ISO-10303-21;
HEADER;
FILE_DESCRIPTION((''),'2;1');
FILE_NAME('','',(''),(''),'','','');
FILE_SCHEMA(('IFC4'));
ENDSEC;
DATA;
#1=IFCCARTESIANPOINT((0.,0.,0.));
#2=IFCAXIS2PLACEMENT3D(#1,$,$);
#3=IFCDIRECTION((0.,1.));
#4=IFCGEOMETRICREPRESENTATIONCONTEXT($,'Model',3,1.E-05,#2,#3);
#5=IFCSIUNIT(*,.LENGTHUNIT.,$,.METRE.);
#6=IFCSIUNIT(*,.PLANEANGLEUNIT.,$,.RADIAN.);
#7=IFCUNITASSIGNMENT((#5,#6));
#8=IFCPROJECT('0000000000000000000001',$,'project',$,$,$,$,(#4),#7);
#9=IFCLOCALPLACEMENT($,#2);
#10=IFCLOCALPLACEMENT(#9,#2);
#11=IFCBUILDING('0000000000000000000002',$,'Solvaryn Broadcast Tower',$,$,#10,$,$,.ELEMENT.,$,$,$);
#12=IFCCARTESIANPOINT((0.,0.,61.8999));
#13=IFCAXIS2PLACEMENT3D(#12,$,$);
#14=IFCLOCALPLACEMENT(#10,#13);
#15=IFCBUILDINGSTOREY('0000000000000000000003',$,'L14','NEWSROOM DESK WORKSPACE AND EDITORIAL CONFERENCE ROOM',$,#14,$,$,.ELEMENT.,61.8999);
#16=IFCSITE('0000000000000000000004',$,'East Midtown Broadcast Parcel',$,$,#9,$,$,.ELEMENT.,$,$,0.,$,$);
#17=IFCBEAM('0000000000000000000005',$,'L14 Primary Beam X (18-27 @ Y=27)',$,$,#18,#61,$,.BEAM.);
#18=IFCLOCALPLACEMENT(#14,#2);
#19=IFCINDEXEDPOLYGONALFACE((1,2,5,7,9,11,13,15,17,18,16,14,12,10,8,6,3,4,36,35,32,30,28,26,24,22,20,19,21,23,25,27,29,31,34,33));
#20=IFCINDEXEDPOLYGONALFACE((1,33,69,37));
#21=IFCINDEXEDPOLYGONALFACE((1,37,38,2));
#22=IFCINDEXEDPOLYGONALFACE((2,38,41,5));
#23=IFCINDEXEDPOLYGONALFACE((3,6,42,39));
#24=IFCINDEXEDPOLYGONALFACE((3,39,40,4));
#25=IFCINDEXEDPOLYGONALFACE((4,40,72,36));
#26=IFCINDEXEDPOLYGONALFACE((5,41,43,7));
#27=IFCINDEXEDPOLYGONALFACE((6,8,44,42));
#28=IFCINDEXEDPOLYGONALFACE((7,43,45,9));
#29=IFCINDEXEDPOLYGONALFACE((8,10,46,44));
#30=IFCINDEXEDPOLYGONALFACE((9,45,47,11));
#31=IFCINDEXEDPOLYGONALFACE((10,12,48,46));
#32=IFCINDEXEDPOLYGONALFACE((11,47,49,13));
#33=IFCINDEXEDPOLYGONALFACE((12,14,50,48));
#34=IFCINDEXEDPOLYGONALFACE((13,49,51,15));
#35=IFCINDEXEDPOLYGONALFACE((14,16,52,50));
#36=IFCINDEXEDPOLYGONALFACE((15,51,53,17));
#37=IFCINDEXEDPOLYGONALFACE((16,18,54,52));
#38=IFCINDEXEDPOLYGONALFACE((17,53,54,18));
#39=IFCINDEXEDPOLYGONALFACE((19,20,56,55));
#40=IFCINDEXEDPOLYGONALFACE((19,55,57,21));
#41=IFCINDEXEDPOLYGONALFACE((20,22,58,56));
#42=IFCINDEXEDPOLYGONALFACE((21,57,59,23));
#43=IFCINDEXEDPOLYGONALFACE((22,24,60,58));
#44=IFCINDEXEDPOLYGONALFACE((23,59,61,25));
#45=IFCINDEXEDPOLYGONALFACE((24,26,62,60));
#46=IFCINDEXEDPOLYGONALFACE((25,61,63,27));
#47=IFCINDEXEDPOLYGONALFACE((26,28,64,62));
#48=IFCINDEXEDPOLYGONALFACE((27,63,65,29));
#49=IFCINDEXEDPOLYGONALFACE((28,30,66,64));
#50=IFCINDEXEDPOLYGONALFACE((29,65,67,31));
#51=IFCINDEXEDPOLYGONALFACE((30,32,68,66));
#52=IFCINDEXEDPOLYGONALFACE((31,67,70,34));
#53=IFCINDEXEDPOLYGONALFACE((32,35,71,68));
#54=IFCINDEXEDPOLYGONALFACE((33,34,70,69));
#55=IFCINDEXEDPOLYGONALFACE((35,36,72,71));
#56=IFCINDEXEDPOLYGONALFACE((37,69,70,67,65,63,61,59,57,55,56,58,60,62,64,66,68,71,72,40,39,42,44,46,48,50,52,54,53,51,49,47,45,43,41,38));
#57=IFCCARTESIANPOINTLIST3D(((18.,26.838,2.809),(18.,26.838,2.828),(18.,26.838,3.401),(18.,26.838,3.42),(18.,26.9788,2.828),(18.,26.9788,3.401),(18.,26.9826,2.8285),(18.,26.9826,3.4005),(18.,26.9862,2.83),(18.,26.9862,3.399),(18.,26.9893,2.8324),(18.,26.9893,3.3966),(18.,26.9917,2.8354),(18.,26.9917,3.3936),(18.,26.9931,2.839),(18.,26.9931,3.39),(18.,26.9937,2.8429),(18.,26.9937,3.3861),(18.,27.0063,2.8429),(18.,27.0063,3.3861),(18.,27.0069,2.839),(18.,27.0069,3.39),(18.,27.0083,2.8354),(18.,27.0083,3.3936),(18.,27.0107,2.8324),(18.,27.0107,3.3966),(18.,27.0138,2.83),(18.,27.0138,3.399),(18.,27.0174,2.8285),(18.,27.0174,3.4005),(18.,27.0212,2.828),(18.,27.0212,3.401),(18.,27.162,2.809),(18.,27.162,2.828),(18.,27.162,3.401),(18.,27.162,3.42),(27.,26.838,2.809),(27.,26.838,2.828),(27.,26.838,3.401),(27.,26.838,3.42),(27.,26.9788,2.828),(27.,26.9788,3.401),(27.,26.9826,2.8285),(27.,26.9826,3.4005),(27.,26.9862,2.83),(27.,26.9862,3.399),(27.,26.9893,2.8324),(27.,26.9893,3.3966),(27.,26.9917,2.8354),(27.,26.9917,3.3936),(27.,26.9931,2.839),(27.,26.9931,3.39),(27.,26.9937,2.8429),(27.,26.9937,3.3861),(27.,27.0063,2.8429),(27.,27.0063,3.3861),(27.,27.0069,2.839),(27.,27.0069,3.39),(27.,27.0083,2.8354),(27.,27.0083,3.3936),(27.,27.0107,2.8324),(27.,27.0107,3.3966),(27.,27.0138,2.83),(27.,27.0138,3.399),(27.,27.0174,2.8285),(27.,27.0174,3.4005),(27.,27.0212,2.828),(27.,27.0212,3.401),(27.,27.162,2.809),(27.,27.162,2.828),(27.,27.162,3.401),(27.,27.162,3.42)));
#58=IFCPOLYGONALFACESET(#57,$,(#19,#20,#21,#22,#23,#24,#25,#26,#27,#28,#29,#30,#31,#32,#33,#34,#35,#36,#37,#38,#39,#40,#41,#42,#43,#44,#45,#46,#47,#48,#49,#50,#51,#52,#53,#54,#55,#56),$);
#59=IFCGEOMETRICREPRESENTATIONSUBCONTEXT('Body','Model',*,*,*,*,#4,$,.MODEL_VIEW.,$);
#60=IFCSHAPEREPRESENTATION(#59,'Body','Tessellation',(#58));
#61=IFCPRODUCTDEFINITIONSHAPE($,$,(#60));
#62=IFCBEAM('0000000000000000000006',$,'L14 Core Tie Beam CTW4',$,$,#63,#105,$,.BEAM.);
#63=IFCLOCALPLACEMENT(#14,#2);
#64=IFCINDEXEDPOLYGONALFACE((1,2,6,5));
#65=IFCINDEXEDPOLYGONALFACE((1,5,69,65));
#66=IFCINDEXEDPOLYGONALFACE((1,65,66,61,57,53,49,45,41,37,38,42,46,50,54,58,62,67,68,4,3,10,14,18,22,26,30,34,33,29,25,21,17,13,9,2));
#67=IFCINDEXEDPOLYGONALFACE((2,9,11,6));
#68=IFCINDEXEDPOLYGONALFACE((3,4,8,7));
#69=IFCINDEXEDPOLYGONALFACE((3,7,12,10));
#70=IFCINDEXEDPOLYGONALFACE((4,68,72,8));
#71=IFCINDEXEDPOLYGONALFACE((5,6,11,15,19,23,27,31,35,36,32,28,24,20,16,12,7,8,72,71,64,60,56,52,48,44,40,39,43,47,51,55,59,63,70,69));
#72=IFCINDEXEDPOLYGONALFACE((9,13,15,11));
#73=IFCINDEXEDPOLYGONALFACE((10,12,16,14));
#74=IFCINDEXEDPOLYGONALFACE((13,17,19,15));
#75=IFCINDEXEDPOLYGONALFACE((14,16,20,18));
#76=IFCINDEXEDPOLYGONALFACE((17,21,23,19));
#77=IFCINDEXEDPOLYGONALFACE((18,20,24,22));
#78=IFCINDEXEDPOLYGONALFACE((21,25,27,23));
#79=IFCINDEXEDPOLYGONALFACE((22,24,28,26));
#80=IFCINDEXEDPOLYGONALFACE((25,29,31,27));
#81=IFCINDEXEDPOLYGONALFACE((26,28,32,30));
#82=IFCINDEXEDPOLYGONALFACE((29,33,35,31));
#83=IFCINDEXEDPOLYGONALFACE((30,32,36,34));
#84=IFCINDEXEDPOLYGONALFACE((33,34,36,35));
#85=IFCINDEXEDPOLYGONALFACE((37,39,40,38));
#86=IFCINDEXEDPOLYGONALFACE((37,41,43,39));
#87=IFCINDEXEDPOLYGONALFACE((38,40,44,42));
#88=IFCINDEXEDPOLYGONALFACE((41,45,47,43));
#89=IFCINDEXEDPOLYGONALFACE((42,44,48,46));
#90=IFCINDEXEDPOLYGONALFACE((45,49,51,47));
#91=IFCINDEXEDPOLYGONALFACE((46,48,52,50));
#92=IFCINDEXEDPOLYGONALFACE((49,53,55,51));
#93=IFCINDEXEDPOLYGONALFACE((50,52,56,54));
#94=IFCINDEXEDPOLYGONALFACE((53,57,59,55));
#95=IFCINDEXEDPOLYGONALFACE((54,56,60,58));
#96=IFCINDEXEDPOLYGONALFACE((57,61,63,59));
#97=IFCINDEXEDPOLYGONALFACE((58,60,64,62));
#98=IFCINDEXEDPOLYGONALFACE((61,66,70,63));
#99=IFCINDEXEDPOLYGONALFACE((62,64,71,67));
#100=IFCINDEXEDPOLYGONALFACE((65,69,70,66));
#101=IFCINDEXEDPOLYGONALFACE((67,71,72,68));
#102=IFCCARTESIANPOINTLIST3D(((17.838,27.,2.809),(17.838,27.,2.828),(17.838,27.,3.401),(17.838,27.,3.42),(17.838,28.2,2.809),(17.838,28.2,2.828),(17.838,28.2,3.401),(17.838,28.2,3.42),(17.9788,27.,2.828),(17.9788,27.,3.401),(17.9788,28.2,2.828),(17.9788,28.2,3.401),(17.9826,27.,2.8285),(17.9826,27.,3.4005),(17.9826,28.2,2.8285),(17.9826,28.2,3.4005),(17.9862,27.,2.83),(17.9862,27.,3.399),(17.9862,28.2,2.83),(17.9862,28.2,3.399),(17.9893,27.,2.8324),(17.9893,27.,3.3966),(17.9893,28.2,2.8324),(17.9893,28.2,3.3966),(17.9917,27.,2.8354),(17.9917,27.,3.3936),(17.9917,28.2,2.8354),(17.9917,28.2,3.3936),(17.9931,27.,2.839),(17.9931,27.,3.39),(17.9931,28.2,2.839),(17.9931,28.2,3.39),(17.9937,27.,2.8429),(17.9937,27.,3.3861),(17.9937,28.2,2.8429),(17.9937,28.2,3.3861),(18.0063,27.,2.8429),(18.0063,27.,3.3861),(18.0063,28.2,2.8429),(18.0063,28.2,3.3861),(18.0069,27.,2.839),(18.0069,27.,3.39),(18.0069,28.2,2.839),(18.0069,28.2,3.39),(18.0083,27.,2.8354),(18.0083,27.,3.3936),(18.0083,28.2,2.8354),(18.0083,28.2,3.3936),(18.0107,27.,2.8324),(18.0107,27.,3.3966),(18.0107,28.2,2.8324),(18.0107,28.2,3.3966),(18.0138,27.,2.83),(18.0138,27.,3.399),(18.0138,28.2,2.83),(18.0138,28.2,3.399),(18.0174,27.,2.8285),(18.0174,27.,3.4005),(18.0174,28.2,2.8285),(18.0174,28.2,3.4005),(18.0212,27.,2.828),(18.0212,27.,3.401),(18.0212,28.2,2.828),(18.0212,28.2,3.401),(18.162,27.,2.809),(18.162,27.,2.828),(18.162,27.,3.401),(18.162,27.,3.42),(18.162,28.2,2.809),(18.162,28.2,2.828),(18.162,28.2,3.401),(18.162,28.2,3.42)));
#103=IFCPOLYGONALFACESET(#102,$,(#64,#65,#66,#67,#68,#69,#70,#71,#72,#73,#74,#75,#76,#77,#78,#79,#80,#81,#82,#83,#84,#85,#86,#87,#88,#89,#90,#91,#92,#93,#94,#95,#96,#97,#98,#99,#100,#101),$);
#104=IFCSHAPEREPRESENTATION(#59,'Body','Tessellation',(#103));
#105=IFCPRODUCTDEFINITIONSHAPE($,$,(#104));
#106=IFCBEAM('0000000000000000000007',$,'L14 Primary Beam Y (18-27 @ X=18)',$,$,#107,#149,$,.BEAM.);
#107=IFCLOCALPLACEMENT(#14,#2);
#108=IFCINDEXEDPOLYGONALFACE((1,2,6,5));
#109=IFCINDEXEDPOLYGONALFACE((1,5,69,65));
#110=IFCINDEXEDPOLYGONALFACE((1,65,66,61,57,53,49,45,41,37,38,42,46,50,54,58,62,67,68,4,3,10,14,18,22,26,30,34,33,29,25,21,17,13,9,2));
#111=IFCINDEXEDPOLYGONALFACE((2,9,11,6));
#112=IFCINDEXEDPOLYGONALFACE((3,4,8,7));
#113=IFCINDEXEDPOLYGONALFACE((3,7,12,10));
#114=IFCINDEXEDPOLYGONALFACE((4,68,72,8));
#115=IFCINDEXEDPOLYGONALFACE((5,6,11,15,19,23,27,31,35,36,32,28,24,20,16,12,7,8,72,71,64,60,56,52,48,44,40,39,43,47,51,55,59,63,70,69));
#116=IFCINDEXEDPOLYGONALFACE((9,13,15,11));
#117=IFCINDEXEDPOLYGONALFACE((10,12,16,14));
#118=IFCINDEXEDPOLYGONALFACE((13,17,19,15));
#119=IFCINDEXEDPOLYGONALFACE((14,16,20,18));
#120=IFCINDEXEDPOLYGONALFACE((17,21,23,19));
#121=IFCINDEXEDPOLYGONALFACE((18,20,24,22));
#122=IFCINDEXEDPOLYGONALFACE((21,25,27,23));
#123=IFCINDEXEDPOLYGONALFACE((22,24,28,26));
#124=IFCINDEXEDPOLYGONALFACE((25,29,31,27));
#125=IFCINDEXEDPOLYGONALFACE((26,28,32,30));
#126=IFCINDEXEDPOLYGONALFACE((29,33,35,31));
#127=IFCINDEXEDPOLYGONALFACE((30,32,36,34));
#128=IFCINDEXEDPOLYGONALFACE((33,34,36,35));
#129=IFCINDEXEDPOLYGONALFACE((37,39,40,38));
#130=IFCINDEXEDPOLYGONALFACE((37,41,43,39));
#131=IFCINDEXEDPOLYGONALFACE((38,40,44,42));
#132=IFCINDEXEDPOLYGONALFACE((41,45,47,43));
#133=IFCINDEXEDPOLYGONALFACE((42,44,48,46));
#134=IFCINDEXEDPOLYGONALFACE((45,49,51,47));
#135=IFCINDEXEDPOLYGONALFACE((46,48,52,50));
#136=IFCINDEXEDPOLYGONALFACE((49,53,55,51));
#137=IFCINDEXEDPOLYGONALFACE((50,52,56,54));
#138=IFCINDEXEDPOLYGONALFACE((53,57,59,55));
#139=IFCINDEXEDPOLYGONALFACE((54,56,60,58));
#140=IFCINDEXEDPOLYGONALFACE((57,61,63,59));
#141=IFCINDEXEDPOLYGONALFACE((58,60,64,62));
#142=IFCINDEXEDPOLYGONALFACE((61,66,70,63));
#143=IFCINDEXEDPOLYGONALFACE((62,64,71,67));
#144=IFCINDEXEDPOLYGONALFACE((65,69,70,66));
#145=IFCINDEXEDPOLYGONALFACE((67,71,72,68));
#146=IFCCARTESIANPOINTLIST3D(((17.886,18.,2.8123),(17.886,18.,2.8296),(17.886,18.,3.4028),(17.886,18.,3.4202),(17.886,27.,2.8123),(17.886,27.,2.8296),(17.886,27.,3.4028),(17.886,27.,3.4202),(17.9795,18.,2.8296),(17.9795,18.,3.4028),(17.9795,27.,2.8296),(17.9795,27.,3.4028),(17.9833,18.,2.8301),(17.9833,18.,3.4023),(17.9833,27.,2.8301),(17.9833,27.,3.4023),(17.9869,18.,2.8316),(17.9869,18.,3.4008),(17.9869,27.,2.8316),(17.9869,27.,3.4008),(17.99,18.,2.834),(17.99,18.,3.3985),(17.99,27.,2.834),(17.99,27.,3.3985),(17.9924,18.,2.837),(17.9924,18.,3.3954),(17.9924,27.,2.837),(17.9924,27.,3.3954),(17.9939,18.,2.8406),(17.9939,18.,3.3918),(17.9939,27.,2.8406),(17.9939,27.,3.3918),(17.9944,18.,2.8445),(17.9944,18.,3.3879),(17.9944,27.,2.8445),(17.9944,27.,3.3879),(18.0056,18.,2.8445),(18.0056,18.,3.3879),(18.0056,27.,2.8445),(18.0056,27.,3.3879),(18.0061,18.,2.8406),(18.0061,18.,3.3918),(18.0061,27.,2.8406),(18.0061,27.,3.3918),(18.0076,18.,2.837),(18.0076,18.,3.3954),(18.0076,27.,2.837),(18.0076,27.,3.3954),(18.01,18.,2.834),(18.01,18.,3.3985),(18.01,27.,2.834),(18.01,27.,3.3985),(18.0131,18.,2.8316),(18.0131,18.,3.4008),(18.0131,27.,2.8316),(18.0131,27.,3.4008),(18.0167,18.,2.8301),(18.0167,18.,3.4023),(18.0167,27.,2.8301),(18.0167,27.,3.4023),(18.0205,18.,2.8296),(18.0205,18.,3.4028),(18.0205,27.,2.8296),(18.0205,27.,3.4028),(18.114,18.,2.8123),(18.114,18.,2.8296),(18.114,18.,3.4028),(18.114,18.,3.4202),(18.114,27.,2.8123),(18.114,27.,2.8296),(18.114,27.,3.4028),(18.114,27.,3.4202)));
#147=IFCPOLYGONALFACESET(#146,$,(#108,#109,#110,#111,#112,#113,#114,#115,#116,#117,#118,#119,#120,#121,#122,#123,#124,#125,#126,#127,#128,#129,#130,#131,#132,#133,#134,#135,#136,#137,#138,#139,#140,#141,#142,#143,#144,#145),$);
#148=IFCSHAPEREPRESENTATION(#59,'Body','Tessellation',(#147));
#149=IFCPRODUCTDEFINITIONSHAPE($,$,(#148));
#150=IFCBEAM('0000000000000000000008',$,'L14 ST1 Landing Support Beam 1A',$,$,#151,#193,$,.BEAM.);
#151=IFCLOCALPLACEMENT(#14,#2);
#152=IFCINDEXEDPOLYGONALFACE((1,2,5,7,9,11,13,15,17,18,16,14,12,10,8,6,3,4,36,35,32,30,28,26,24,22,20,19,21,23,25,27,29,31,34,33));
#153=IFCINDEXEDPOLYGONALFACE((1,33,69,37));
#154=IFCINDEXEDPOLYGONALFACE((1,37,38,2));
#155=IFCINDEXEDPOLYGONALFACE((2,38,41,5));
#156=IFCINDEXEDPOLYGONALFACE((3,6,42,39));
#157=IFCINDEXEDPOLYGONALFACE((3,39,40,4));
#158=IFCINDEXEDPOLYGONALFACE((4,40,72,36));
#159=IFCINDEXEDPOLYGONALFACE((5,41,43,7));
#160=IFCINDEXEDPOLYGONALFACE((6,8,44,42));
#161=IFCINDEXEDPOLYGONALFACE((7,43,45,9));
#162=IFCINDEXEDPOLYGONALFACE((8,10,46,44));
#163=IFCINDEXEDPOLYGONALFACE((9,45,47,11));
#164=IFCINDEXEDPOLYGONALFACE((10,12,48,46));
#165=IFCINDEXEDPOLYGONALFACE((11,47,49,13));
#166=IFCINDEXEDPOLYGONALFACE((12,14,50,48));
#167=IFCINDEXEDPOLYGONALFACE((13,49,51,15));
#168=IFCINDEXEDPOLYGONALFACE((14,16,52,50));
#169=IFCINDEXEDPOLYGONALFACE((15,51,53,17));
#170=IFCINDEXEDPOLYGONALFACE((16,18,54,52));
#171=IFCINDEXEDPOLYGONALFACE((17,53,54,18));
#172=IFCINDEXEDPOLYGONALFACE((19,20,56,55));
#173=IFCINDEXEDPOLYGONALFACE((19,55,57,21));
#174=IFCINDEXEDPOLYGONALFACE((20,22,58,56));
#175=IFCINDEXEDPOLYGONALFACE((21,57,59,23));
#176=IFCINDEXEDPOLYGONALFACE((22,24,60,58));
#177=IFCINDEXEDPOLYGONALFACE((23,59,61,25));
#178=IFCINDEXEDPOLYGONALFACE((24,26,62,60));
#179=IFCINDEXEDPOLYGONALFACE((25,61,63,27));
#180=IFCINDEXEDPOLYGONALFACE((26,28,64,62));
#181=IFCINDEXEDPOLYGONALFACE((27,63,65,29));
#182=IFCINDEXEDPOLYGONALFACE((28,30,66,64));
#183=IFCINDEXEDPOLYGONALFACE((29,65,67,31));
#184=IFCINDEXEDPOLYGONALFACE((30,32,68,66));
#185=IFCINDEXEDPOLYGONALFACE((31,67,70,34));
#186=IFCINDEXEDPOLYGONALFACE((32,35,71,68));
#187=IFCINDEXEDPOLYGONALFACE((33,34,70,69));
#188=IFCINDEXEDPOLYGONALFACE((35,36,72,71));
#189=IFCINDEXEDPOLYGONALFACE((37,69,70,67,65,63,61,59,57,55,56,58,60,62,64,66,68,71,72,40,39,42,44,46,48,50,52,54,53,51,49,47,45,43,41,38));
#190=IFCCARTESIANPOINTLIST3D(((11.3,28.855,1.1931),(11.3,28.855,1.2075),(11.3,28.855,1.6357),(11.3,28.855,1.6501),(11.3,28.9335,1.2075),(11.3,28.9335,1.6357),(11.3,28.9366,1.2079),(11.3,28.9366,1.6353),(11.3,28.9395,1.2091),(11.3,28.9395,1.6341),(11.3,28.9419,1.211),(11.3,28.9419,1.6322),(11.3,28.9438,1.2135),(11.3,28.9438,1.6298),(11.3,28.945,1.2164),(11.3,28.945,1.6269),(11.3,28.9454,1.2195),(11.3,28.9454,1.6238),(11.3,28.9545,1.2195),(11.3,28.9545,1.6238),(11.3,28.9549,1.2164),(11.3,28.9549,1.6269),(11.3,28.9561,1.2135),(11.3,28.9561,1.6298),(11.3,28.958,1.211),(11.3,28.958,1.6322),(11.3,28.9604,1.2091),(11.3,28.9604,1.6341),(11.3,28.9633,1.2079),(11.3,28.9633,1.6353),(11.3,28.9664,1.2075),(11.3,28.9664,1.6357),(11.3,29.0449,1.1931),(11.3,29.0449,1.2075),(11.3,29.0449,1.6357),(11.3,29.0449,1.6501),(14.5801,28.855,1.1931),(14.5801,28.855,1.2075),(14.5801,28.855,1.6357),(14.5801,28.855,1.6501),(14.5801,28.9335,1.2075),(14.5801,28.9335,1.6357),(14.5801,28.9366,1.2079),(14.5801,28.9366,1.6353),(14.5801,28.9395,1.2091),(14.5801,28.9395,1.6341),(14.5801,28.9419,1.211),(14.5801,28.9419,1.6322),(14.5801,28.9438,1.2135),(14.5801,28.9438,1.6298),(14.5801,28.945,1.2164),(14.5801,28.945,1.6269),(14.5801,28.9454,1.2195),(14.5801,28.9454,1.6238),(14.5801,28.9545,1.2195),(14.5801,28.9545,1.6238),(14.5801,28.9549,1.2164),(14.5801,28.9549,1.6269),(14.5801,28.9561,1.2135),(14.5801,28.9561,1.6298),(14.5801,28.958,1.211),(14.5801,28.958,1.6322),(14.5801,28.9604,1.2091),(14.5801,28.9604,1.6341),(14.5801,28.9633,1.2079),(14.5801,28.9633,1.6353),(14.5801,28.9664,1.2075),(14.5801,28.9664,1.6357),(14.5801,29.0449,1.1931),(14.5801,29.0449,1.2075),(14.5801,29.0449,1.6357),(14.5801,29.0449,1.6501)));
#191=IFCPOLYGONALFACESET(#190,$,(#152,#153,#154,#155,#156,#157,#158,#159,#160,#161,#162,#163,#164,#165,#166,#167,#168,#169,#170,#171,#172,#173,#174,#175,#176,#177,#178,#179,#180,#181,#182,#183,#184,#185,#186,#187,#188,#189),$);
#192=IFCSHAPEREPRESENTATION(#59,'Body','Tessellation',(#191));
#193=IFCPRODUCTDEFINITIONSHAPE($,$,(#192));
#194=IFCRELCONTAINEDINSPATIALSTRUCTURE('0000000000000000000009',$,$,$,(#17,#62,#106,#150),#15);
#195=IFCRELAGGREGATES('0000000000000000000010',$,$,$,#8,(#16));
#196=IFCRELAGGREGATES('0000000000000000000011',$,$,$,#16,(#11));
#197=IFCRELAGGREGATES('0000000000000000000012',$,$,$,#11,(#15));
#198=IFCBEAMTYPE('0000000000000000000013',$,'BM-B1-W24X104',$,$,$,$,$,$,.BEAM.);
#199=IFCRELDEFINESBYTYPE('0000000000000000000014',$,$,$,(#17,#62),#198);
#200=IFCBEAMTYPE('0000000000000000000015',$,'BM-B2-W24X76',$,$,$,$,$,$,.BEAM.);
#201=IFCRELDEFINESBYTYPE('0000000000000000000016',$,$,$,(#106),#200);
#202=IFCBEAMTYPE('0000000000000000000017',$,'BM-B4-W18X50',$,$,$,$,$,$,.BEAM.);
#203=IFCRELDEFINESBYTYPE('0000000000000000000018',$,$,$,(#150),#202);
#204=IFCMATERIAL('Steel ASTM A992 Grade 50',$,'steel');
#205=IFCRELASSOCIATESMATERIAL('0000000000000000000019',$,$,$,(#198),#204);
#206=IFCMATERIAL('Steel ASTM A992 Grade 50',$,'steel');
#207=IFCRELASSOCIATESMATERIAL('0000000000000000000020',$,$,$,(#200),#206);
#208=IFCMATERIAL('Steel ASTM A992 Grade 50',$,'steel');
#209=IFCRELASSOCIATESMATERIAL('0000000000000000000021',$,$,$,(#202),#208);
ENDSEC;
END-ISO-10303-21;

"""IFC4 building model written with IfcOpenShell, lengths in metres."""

from ifc_helpers import new_model, si_unit, direction, frame, origin, origin_2d, place, context, subcontext, project, spatial, i_section, extrude, material, material_profile, profile_set, type_object, element, save


model = new_model("IFC4")

# Units and contexts
model_context = context("Model", 3, precision=1e-05, world=origin(), true_north=direction((0.0, 1.0)))
body_context = subcontext(model_context, "Body", "Model", "MODEL_VIEW")
ifc_project = project(units=[si_unit("LENGTHUNIT", "METRE"), si_unit("PLANEANGLEUNIT", "RADIAN")], contexts=[model_context])

# Site, building, storey
site_placement = place(None, origin())
site = spatial("IfcSite", under=ifc_project, at=site_placement, Name="East Midtown Broadcast Parcel", CompositionType="ELEMENT", RefElevation=0.0)
building_placement = place(site_placement, origin())
building = spatial("IfcBuilding", under=site, at=building_placement, Name="Solvaryn Broadcast Tower", CompositionType="ELEMENT")
storey_placement = place(building_placement, frame((0.0, 0.0, 61.8999)))
storey = spatial("IfcBuildingStorey", under=building, at=storey_placement, Name="L14", Description="NEWSROOM DESK WORKSPACE AND EDITORIAL CONFERENCE ROOM", CompositionType="ELEMENT", Elevation=61.8999)

# Beams
ifc_material_1 = material(Name="Steel ASTM A992 Grade 50", Category="steel")
ifc_material_profile_1 = material_profile(ifc_material_1, i_section(OverallWidth=0.324, OverallDepth=0.6111, WebThickness=0.0127, FlangeThickness=0.019, FilletRadius=0.0149, at=origin_2d()))
ifc_profile_set_1 = profile_set([ifc_material_profile_1], Name="Steel ASTM A992 Grade 50")
beam_type_1 = type_object("IfcBeamType", Name="BM-B1-W24X104", PredefinedType="BEAM", material=ifc_profile_set_1)
for number, where, z_axis, x_axis, name in (
    (1, (18.0, 27.0, 3.1145), (1.0, 0.0, 0.0), (0.0, 1.0, 0.0), "L14 Primary Beam X (18-27 @ Y=27)"),
):
    element("IfcBeam", number, at=place(storey_placement, frame(where, z_axis=z_axis, x_axis=x_axis)), inside=storey, type_object=beam_type_1, Name=name, PredefinedType="BEAM", context=body_context, shape_type="SweptSolid", body=[
        extrude(i_section(OverallWidth=0.324, OverallDepth=0.6111, WebThickness=0.0127, FlangeThickness=0.019, FilletRadius=0.0149, at=origin_2d()), origin(), (0.0, 0.0, 1.0), 9.0),
    ])
beam_1_placement = place(storey_placement, frame((18.0, 27.0, 3.1145), z_axis=(0.0, 1.0, 0.0), x_axis=(-1.0, 0.0, 0.0)))
element("IfcBeam", 2, at=beam_1_placement, inside=storey, type_object=beam_type_1, Name="L14 Core Tie Beam CTW4", PredefinedType="BEAM", context=body_context, shape_type="SweptSolid", body=[
    extrude(i_section(OverallWidth=0.324, OverallDepth=0.6111, WebThickness=0.0127, FlangeThickness=0.019, FilletRadius=0.0149, at=origin_2d()), origin(), (0.0, 0.0, 1.0), 1.2),
])
ifc_material_2 = material(Name="Steel ASTM A992 Grade 50", Category="steel")
ifc_material_profile_2 = material_profile(ifc_material_2, i_section(OverallWidth=0.228, OverallDepth=0.6079, WebThickness=0.0112, FlangeThickness=0.0173, FilletRadius=0.0149, at=origin_2d()))
ifc_profile_set_2 = profile_set([ifc_material_profile_2], Name="Steel ASTM A992 Grade 50")
beam_type_2 = type_object("IfcBeamType", Name="BM-B2-W24X76", PredefinedType="BEAM", material=ifc_profile_set_2)
beam_2_placement = place(storey_placement, frame((18.0, 18.0, 3.1162), z_axis=(0.0, 1.0, 0.0), x_axis=(-1.0, 0.0, 0.0)))
element("IfcBeam", 3, at=beam_2_placement, inside=storey, type_object=beam_type_2, Name="L14 Primary Beam Y (18-27 @ X=18)", PredefinedType="BEAM", context=body_context, shape_type="SweptSolid", body=[
    extrude(i_section(OverallWidth=0.228, OverallDepth=0.6079, WebThickness=0.0112, FlangeThickness=0.0173, FilletRadius=0.0149, at=origin_2d()), origin(), (0.0, 0.0, 1.0), 9.0),
])
ifc_material_3 = material(Name="Steel ASTM A992 Grade 50", Category="steel")
ifc_material_profile_3 = material_profile(ifc_material_3, i_section(OverallWidth=0.1899, OverallDepth=0.457, WebThickness=0.009, FlangeThickness=0.0144, FilletRadius=0.012, at=origin_2d()))
ifc_profile_set_3 = profile_set([ifc_material_profile_3], Name="Steel ASTM A992 Grade 50")
beam_type_3 = type_object("IfcBeamType", Name="BM-B4-W18X50", PredefinedType="BEAM", material=ifc_profile_set_3)
beam_3_placement = place(storey_placement, frame((11.3, 28.95, 1.4216), z_axis=(1.0, 0.0, 0.0), x_axis=(0.0, 1.0, 0.0)))
element("IfcBeam", 4, at=beam_3_placement, inside=storey, type_object=beam_type_3, Name="L14 ST1 Landing Support Beam 1A", PredefinedType="BEAM", context=body_context, shape_type="SweptSolid", body=[
    extrude(i_section(OverallWidth=0.1899, OverallDepth=0.457, WebThickness=0.009, FlangeThickness=0.0144, FilletRadius=0.012, at=origin_2d()), origin(), (0.0, 0.0, 1.0), 3.28),
])

save(model, "model.ifc")
